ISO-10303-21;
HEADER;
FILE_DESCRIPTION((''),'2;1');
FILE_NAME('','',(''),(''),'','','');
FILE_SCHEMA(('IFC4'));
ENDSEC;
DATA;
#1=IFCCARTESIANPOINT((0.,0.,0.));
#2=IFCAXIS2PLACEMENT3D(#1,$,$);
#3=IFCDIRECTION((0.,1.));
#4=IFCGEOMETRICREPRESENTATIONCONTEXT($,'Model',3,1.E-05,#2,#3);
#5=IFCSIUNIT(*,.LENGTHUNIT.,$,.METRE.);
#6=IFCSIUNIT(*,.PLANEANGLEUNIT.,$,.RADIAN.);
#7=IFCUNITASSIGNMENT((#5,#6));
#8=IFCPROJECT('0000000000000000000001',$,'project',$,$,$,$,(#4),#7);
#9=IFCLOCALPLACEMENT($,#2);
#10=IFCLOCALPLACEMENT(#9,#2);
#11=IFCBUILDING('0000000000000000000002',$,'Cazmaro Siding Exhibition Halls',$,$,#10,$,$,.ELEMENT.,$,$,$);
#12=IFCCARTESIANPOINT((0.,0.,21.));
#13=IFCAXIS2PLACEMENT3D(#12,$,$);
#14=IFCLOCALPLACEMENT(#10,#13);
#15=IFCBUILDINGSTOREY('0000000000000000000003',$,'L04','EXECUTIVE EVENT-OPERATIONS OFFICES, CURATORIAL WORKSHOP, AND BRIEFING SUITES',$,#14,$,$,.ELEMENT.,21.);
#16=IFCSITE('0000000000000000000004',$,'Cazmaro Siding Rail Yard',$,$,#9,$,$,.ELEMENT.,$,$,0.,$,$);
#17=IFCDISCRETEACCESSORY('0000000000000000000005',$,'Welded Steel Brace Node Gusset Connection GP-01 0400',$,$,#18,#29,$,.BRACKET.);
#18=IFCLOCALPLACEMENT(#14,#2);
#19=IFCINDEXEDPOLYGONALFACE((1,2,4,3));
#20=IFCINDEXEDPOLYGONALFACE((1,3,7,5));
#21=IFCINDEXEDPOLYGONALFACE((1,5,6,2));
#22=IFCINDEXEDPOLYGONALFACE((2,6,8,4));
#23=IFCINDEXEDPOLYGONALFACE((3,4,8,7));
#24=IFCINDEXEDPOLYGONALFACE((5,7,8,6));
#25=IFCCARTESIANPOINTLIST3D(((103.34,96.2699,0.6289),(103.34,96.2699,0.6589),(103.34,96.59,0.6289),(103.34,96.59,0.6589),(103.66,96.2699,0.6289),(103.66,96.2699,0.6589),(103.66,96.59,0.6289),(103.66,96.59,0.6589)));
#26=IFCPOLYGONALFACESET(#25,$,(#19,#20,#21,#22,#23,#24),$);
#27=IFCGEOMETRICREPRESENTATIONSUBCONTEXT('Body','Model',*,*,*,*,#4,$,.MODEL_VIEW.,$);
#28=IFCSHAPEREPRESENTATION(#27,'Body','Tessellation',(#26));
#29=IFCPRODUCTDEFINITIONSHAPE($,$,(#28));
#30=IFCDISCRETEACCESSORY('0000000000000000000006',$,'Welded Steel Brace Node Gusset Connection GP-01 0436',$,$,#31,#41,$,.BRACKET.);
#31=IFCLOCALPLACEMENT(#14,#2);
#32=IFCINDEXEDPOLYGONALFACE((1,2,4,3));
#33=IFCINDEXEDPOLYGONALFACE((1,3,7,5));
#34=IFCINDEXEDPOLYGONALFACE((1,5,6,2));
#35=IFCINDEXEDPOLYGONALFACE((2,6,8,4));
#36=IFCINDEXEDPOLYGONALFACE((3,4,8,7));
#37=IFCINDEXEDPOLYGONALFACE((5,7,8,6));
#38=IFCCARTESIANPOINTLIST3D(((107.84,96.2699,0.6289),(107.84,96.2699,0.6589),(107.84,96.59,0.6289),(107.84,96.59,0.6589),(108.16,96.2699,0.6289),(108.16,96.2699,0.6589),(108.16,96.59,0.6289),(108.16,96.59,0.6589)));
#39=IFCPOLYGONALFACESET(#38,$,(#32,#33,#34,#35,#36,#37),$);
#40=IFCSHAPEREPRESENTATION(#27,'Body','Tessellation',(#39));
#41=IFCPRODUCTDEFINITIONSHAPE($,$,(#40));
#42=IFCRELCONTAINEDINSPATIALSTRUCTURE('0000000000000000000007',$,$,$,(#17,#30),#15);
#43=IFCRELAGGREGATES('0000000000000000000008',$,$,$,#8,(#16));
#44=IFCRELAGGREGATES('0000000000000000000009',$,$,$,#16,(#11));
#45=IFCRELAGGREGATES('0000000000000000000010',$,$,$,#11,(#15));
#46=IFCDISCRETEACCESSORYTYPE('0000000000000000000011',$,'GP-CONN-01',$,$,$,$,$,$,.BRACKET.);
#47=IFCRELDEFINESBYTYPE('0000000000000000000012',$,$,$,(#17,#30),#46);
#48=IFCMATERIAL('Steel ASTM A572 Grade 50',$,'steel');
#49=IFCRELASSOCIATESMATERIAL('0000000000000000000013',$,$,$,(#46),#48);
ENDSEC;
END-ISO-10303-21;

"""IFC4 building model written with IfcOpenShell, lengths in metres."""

from ifc_helpers import new_model, si_unit, direction, frame, origin, origin_2d, place, context, subcontext, project, spatial, rectangle, extrude, material, type_object, element, save


model = new_model("IFC4")

# Units and contexts
model_context = context("Model", 3, precision=1e-05, world=origin(), true_north=direction((0.0, 1.0)))
body_context = subcontext(model_context, "Body", "Model", "MODEL_VIEW")
ifc_project = project(units=[si_unit("LENGTHUNIT", "METRE"), si_unit("PLANEANGLEUNIT", "RADIAN")], contexts=[model_context])

# Site, building, storey
site_placement = place(None, origin())
site = spatial("IfcSite", under=ifc_project, at=site_placement, Name="Cazmaro Siding Rail Yard", CompositionType="ELEMENT", RefElevation=0.0)
building_placement = place(site_placement, origin())
building = spatial("IfcBuilding", under=site, at=building_placement, Name="Cazmaro Siding Exhibition Halls", CompositionType="ELEMENT")
storey_placement = place(building_placement, frame((0.0, 0.0, 21.0)))
storey = spatial("IfcBuildingStorey", under=building, at=storey_placement, Name="L04", Description="EXECUTIVE EVENT-OPERATIONS OFFICES, CURATORIAL WORKSHOP, AND BRIEFING SUITES", CompositionType="ELEMENT", Elevation=21.0)

# Discrete accessories
ifc_material_1 = material(Name="Steel ASTM A572 Grade 50", Category="steel")
discrete_accessory_type = type_object("IfcDiscreteAccessoryType", Name="GP-CONN-01", PredefinedType="BRACKET", material=ifc_material_1)
for number, where, z_axis, x_axis, name in (
    (1, (103.5, 96.4299, 0.6289), (0.0, 0.0, 1.0), (1.0, 0.0, 0.0), "Welded Steel Brace Node Gusset Connection GP-01 0400"),
    (2, (108.0, 96.4299, 0.6289), (0.0, 0.0, 1.0), (1.0, 0.0, 0.0), "Welded Steel Brace Node Gusset Connection GP-01 0436"),
):
    element("IfcDiscreteAccessory", number, at=place(storey_placement, frame(where, z_axis=z_axis, x_axis=x_axis)), inside=storey, type_object=discrete_accessory_type, Name=name, PredefinedType="BRACKET", context=body_context, shape_type="SweptSolid", body=[
        extrude(rectangle(XDim=0.3201, YDim=0.3201, at=origin_2d()), origin(), (0.0, 0.0, 1.0), 0.03),
    ])

save(model, "model.ifc")
